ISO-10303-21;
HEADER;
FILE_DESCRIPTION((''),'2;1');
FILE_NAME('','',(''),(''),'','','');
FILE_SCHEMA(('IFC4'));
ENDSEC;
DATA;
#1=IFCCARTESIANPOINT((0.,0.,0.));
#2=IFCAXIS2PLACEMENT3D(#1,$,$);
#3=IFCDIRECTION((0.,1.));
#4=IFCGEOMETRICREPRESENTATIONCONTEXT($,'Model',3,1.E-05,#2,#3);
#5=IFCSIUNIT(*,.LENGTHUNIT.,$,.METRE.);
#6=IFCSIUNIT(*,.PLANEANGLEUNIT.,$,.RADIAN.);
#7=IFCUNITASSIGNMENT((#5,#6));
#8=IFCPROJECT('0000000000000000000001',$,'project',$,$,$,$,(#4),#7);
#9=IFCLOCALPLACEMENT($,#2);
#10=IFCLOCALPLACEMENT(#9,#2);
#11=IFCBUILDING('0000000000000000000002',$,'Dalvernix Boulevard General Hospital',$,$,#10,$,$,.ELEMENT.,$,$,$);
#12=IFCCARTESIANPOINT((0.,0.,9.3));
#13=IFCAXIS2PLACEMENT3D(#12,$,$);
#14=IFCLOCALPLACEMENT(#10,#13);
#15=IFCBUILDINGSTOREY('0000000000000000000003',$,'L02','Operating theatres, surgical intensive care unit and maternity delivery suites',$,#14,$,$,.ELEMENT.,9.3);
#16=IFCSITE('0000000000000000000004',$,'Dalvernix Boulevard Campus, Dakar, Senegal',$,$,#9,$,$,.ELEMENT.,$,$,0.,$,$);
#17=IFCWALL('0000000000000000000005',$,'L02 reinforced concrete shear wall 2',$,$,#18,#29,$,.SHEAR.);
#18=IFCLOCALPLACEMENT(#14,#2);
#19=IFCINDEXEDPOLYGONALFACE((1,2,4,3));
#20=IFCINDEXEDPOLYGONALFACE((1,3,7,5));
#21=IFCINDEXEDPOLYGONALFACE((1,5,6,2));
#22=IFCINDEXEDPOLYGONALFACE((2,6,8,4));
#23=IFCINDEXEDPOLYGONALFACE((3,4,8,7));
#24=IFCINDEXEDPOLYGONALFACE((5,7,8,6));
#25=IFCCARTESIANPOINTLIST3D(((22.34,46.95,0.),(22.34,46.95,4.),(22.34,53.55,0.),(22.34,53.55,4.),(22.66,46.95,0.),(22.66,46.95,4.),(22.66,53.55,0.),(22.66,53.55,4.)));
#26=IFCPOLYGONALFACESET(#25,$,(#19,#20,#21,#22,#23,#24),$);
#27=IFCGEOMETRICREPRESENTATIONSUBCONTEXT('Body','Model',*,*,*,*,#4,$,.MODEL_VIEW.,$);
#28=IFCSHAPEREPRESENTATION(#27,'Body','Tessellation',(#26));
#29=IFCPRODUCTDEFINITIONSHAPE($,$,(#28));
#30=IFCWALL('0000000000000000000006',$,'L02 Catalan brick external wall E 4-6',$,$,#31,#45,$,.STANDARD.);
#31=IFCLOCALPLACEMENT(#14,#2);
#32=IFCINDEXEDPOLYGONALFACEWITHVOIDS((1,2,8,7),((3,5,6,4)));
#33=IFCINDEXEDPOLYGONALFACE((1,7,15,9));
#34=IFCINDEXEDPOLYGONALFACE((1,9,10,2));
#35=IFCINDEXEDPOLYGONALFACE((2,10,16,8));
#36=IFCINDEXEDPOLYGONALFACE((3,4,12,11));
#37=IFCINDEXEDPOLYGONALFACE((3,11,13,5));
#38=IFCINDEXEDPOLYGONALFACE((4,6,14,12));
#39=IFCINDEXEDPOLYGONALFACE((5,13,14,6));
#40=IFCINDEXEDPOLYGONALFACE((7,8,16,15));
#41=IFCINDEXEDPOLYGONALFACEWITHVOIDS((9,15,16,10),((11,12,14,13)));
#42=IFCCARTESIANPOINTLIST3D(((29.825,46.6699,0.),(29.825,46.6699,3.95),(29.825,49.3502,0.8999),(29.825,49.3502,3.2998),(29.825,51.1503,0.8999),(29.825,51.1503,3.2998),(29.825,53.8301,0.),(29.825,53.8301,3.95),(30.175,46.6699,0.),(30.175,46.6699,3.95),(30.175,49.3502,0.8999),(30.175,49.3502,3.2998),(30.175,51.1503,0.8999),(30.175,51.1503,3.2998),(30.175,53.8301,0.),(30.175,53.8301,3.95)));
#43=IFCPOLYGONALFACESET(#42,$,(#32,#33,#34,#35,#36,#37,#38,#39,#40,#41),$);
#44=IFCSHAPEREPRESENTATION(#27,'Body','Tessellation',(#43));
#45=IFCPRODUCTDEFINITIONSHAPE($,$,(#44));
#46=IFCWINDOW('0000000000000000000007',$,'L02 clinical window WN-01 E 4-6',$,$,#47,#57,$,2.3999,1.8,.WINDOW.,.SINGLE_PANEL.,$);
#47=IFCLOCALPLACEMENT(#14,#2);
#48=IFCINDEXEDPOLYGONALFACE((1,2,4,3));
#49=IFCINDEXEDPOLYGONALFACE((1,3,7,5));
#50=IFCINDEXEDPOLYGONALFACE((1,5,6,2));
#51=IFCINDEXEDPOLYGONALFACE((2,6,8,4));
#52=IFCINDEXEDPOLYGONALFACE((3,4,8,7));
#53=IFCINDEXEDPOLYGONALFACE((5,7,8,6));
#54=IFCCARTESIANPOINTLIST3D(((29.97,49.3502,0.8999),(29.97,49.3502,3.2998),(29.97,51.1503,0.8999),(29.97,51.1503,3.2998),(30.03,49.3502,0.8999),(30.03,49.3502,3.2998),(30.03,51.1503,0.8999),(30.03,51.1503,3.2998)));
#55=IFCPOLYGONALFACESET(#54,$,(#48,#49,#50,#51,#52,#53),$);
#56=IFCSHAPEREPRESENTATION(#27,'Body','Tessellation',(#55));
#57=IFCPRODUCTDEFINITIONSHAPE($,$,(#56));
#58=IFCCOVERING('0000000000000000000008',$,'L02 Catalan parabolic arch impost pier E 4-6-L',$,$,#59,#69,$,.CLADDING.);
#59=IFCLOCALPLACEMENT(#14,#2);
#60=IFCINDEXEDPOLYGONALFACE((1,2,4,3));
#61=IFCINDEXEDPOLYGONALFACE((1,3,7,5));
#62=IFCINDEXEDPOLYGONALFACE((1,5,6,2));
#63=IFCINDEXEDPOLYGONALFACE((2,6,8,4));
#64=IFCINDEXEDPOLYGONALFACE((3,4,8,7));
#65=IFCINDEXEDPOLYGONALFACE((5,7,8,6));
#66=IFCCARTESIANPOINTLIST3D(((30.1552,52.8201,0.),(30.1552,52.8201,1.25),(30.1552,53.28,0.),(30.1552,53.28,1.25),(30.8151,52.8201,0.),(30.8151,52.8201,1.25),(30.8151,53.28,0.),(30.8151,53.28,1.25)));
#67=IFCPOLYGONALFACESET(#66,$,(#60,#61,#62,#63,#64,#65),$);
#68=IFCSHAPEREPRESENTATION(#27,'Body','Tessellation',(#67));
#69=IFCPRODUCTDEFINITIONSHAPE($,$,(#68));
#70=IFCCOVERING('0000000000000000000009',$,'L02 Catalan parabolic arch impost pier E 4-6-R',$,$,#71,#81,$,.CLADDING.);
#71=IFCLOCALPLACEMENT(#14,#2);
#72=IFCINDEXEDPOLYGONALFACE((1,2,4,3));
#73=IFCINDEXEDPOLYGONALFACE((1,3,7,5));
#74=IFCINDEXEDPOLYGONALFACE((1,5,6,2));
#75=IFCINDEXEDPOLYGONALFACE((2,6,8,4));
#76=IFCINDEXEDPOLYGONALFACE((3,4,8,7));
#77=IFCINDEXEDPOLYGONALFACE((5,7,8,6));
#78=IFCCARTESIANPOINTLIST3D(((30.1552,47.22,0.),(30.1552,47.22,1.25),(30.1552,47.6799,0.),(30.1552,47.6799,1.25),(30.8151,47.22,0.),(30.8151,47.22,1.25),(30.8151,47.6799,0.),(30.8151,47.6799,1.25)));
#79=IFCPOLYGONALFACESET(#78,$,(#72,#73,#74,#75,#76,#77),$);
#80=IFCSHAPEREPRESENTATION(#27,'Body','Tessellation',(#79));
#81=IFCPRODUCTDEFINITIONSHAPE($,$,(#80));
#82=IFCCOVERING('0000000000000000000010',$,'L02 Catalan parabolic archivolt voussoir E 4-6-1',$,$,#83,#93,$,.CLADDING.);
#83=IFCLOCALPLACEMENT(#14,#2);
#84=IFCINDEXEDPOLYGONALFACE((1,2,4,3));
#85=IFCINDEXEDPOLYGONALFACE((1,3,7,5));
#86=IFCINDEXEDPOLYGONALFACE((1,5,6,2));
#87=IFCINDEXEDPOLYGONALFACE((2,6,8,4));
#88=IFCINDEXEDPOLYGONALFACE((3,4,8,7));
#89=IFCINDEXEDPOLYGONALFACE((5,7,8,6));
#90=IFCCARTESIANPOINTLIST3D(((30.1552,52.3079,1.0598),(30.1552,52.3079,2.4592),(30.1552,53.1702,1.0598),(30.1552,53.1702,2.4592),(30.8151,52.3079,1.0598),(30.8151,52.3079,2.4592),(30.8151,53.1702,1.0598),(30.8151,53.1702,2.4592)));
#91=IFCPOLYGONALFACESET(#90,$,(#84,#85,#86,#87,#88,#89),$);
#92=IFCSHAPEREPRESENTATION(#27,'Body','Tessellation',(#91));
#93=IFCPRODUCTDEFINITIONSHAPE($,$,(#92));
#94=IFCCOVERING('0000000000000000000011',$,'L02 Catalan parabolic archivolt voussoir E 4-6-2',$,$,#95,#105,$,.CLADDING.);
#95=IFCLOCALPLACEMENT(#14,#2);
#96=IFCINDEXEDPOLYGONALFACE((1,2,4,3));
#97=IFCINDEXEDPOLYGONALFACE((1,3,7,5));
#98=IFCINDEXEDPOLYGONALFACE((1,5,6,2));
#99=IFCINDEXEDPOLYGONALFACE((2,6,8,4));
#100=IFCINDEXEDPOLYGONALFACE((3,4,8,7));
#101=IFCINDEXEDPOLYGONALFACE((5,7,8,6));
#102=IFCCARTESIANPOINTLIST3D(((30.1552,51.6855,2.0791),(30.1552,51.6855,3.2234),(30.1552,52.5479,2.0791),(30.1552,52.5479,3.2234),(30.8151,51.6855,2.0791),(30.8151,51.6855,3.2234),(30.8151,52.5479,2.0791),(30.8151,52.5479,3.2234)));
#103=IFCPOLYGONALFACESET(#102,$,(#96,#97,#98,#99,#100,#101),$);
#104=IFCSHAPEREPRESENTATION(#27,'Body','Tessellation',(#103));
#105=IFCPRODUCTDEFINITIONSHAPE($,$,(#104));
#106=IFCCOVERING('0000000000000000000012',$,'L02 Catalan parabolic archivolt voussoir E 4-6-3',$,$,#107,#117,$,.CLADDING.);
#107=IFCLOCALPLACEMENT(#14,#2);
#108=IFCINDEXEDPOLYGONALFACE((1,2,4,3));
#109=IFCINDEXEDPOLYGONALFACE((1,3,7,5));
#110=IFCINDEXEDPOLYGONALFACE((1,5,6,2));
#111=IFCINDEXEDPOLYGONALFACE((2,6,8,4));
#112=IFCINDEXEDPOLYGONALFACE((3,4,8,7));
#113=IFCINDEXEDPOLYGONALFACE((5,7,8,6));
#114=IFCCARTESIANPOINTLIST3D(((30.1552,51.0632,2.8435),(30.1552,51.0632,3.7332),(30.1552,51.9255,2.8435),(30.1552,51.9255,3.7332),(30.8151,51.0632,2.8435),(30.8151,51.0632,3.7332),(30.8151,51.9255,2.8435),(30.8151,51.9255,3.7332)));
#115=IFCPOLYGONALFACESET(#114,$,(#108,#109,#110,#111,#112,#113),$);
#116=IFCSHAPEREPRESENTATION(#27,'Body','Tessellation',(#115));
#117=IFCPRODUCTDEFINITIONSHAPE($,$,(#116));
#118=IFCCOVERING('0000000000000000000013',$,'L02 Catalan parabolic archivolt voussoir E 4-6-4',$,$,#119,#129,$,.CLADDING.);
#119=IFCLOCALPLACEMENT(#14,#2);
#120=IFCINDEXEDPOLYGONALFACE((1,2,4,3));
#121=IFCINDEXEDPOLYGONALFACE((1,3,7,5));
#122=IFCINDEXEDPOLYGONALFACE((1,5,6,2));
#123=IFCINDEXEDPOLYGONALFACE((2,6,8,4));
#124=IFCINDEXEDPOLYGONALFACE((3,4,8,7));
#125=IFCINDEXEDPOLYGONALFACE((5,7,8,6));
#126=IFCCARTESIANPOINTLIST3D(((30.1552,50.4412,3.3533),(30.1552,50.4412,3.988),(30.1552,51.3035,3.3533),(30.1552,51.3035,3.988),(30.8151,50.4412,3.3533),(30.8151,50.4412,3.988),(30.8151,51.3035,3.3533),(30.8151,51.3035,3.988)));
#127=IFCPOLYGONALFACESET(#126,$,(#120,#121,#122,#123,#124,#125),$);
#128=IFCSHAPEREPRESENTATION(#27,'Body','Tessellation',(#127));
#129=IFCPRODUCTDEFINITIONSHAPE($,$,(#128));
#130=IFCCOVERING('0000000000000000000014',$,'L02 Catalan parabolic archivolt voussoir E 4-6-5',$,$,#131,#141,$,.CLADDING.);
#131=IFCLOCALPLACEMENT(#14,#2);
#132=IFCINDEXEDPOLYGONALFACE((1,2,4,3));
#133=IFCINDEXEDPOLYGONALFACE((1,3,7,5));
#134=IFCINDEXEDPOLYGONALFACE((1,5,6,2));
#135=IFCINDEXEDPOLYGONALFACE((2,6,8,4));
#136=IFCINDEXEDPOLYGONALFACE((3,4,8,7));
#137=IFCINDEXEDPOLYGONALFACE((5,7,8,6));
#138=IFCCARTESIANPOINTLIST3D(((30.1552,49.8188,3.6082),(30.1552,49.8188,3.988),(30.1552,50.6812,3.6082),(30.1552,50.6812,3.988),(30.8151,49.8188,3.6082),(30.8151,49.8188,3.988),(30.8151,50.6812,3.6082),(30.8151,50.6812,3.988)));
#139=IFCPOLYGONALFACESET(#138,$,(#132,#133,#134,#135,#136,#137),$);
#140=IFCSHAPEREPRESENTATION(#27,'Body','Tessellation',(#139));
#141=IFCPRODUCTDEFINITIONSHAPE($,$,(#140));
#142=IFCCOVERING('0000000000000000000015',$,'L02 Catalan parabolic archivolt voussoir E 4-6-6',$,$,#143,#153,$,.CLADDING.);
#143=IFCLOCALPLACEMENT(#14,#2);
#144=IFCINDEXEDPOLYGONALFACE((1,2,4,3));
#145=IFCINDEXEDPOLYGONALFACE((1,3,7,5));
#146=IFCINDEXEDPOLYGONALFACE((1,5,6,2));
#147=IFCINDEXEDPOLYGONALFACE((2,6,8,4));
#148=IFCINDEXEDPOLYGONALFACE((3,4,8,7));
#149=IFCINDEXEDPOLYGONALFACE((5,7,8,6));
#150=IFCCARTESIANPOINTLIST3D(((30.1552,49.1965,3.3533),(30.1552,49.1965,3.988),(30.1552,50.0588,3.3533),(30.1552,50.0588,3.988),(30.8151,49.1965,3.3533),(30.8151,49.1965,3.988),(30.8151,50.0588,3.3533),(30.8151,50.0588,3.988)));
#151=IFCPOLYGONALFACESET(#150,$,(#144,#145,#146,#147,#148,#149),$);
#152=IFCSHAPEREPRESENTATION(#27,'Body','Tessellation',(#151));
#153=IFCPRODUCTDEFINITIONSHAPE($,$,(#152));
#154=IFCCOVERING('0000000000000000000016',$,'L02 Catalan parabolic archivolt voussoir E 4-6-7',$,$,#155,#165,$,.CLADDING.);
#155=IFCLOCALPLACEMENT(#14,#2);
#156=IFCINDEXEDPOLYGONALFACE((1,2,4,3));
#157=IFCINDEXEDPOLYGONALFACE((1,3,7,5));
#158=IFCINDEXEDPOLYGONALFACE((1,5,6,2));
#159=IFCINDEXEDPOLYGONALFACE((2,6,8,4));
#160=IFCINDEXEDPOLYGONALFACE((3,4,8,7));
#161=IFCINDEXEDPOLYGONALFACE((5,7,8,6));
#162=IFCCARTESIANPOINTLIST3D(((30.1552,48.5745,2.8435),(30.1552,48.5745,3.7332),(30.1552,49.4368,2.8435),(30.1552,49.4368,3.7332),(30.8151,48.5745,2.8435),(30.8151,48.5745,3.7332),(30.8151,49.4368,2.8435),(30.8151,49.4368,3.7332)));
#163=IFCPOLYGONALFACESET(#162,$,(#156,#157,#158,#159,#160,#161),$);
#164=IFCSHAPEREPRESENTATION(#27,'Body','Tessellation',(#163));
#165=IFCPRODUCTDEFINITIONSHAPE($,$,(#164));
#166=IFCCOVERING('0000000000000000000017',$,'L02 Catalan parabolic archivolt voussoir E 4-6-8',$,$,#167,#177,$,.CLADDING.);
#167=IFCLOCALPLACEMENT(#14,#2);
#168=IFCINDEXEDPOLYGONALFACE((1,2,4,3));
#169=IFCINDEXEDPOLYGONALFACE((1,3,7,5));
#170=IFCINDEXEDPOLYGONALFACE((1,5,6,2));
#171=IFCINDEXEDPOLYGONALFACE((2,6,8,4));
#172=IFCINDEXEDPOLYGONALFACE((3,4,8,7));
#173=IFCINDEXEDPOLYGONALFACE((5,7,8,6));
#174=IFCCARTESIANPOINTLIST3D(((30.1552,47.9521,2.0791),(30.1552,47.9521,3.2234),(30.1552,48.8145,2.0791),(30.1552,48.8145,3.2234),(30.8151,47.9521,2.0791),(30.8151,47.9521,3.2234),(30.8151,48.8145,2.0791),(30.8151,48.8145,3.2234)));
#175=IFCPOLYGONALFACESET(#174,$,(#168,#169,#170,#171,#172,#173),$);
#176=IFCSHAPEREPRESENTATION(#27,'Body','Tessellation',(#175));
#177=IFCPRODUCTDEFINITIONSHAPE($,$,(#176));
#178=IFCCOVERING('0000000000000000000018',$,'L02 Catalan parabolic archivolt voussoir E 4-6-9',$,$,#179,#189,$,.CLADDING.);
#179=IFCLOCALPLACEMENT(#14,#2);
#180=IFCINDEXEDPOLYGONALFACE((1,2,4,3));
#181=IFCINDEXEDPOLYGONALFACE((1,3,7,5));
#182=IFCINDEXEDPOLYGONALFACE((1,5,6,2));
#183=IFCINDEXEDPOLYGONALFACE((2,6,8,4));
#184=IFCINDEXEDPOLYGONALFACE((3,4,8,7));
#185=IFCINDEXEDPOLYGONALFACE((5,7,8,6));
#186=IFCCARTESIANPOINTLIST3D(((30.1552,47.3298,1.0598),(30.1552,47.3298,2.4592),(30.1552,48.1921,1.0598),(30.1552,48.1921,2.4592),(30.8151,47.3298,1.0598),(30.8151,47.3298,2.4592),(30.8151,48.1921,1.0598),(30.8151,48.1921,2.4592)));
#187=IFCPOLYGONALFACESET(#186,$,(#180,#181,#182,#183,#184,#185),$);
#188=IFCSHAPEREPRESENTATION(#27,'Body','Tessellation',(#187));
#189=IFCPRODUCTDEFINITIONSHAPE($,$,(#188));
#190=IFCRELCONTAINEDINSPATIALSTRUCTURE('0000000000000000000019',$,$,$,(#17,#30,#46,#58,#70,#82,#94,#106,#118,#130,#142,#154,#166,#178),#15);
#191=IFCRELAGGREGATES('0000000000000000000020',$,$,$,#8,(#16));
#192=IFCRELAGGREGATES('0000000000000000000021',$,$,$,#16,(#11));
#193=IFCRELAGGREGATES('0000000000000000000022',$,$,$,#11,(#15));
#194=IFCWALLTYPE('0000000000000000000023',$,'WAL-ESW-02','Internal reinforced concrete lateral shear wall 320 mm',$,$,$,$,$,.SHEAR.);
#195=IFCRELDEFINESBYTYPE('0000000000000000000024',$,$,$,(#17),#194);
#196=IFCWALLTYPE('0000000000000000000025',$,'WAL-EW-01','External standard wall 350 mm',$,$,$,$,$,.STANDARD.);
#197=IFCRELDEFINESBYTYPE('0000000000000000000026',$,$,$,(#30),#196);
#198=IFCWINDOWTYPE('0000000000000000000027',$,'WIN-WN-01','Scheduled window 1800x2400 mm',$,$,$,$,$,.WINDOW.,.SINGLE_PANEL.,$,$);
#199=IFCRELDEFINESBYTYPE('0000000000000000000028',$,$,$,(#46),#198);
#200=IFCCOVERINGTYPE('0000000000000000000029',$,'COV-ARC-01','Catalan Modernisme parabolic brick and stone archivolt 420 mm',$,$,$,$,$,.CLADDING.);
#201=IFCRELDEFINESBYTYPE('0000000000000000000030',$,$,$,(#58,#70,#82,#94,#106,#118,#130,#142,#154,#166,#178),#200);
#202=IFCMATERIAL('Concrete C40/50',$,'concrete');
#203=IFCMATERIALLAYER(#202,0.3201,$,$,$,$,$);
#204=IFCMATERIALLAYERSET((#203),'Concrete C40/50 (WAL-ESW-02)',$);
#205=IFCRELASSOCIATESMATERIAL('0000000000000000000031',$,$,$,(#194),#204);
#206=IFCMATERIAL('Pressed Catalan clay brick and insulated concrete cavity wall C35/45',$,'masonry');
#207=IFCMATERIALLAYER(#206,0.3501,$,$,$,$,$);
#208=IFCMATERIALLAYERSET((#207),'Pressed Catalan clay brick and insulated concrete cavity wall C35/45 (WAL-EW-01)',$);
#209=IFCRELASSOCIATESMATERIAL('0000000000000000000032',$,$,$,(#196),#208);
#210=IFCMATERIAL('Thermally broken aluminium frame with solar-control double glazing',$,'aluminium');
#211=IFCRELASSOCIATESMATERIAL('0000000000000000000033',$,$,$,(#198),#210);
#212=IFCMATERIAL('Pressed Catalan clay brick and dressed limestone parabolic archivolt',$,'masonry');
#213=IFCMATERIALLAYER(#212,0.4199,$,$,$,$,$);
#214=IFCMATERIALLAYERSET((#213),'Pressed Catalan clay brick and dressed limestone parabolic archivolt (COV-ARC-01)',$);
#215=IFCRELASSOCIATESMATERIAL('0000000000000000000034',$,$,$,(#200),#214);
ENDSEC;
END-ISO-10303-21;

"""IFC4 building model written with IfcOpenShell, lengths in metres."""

from ifc_helpers import new_model, si_unit, direction, frame, frame_2d, origin, origin_2d, place, context, subcontext, project, spatial, rectangle, extrude, material, layer, layer_set, type_object, element, fill, save


model = new_model("IFC4")

# Units and contexts
model_context = context("Model", 3, precision=1e-05, world=origin(), true_north=direction((0.0, 1.0)))
body_context = subcontext(model_context, "Body", "Model", "MODEL_VIEW")
ifc_project = project(units=[si_unit("LENGTHUNIT", "METRE"), si_unit("PLANEANGLEUNIT", "RADIAN")], contexts=[model_context])

# Site, building, storey
site_placement = place(None, origin())
site = spatial("IfcSite", under=ifc_project, at=site_placement, Name="Dalvernix Boulevard Campus, Dakar, Senegal", CompositionType="ELEMENT", RefElevation=0.0)
building_placement = place(site_placement, origin())
building = spatial("IfcBuilding", under=site, at=building_placement, Name="Dalvernix Boulevard General Hospital", CompositionType="ELEMENT")
storey_placement = place(building_placement, frame((0.0, 0.0, 9.3)))
storey = spatial("IfcBuildingStorey", under=building, at=storey_placement, Name="L02", Description="Operating theatres, surgical intensive care unit and maternity delivery suites", CompositionType="ELEMENT", Elevation=9.3)

# Wall
ifc_material_1 = material(Name="Concrete C40/50", Category="concrete")
ifc_layer_1 = layer(ifc_material_1, 0.3201)
ifc_layer_set_1 = layer_set([ifc_layer_1], Name="Concrete C40/50 (WAL-ESW-02)")
wall_type_1 = type_object("IfcWallType", Name="WAL-ESW-02", Description="Internal reinforced concrete lateral shear wall 320 mm", PredefinedType="SHEAR", material=ifc_layer_set_1)
wall_1_placement = place(storey_placement, frame((22.5, 46.95, 0.0), z_axis=(0.0, 0.0, 1.0), x_axis=(0.0, 1.0, 0.0)))
element("IfcWall", 1, at=wall_1_placement, inside=storey, type_object=wall_type_1, Name="L02 reinforced concrete shear wall 2", PredefinedType="SHEAR", context=body_context, shape_type="SweptSolid", body=[
    extrude(rectangle(XDim=6.6001, YDim=0.3201, at=frame_2d((3.3, 0.0))), origin(), (0.0, 0.0, 1.0), 4.0),
])

# Wall, opening, window
ifc_material_2 = material(Name="Pressed Catalan clay brick and insulated concrete cavity wall C35/45", Category="masonry")
ifc_layer_2 = layer(ifc_material_2, 0.3501)
ifc_layer_set_2 = layer_set([ifc_layer_2], Name="Pressed Catalan clay brick and insulated concrete cavity wall C35/45 (WAL-EW-01)")
wall_type_2 = type_object("IfcWallType", Name="WAL-EW-01", Description="External standard wall 350 mm", PredefinedType="STANDARD", material=ifc_layer_set_2)
wall_2_placement = place(storey_placement, frame((30.0, 53.8301, 0.0), z_axis=(0.0, 0.0, 1.0), x_axis=(0.0, -1.0, 0.0)))
wall_2 = element("IfcWall", 2, at=wall_2_placement, inside=storey, type_object=wall_type_2, Name="L02 Catalan brick external wall E 4-6", PredefinedType="STANDARD", context=body_context, shape_type="SweptSolid", body=[
    extrude(rectangle(XDim=7.1602, YDim=0.3501, at=frame_2d((3.5801, 0.0))), origin(), (0.0, 0.0, 1.0), 3.95),
])
opening_placement = place(wall_2_placement, frame((2.6799, 0.0, 0.8999)))
opening = element("IfcOpeningElement", 3, at=opening_placement, cuts=wall_2, PredefinedType="OPENING", context=body_context, shape_type="SweptSolid", body=[
    extrude(rectangle(XDim=1.8, YDim=2.3999, at=frame_2d((0.8999, 1.2))), frame((0.0, 0.1851, 0.0), z_axis=(0.0, -1.0, 0.0), x_axis=(1.0, 0.0, 0.0)), (0.0, 0.0, 1.0), 0.3701),
])
ifc_material_3 = material(Name="Thermally broken aluminium frame with solar-control double glazing", Category="aluminium")
window_type = type_object("IfcWindowType", Name="WIN-WN-01", Description="Scheduled window 1800x2400 mm", PartitioningType="SINGLE_PANEL", PredefinedType="WINDOW", material=ifc_material_3)
window_placement = place(opening_placement, origin())
window = element("IfcWindow", 4, at=window_placement, inside=storey, type_object=window_type, Name="L02 clinical window WN-01 E 4-6", OverallHeight=2.3999, OverallWidth=1.8, PartitioningType="SINGLE_PANEL", PredefinedType="WINDOW", context=body_context, shape_type="SweptSolid", body=[
    extrude(rectangle(XDim=1.8, YDim=2.3999, at=frame_2d((0.8999, 1.2))), frame((0.0, 0.03, 0.0), z_axis=(0.0, -1.0, 0.0), x_axis=(1.0, 0.0, 0.0)), (0.0, 0.0, 1.0), 0.0601),
])
fill(opening, window)

# Coverings
ifc_material_4 = material(Name="Pressed Catalan clay brick and dressed limestone parabolic archivolt", Category="masonry")
ifc_layer_3 = layer(ifc_material_4, 0.4199)
ifc_layer_set_3 = layer_set([ifc_layer_3], Name="Pressed Catalan clay brick and dressed limestone parabolic archivolt (COV-ARC-01)")
covering_type_1 = type_object("IfcCoveringType", Name="COV-ARC-01", Description="Catalan Modernisme parabolic brick and stone archivolt 420 mm", PredefinedType="CLADDING", material=ifc_layer_set_3)
for number, where, z_axis, x_axis, name in (
    (5, (30.4851, 53.05, 0.0), (0.0, 0.0, 1.0), (0.0, -1.0, 0.0), "L02 Catalan parabolic arch impost pier E 4-6-L"),
    (6, (30.4851, 47.45, 0.0), (0.0, 0.0, 1.0), (0.0, -1.0, 0.0), "L02 Catalan parabolic arch impost pier E 4-6-R"),
):
    element("IfcCovering", number, at=place(storey_placement, frame(where, z_axis=z_axis, x_axis=x_axis)), inside=storey, type_object=covering_type_1, Name=name, PredefinedType="CLADDING", context=body_context, shape_type="SweptSolid", body=[
        extrude(rectangle(XDim=0.46, YDim=0.6599, at=origin_2d()), origin(), (0.0, 0.0, 1.0), 1.25),
    ])
covering_1_placement = place(storey_placement, frame((30.4851, 52.739, 1.0598), z_axis=(0.0, 0.0, 1.0), x_axis=(0.0, -1.0, 0.0)))
element("IfcCovering", 7, at=covering_1_placement, inside=storey, type_object=covering_type_1, Name="L02 Catalan parabolic archivolt voussoir E 4-6-1", PredefinedType="CLADDING", context=body_context, shape_type="SweptSolid", body=[
    extrude(rectangle(XDim=0.8623, YDim=0.6599, at=origin_2d()), origin(), (0.0, 0.0, 1.0), 1.3994),
])
covering_2_placement = place(storey_placement, frame((30.4851, 52.1167, 2.0791), z_axis=(0.0, 0.0, 1.0), x_axis=(0.0, -1.0, 0.0)))
element("IfcCovering", 8, at=covering_2_placement, inside=storey, type_object=covering_type_1, Name="L02 Catalan parabolic archivolt voussoir E 4-6-2", PredefinedType="CLADDING", context=body_context, shape_type="SweptSolid", body=[
    extrude(rectangle(XDim=0.8623, YDim=0.6599, at=origin_2d()), origin(), (0.0, 0.0, 1.0), 1.1443),
])
covering_3_placement = place(storey_placement, frame((30.4851, 51.4944, 2.8435), z_axis=(0.0, 0.0, 1.0), x_axis=(0.0, -1.0, 0.0)))
element("IfcCovering", 9, at=covering_3_placement, inside=storey, type_object=covering_type_1, Name="L02 Catalan parabolic archivolt voussoir E 4-6-3", PredefinedType="CLADDING", context=body_context, shape_type="SweptSolid", body=[
    extrude(rectangle(XDim=0.8623, YDim=0.6599, at=origin_2d()), origin(), (0.0, 0.0, 1.0), 0.8896),
])
covering_4_placement = place(storey_placement, frame((30.4851, 50.8723, 3.3533), z_axis=(0.0, 0.0, 1.0), x_axis=(0.0, -1.0, 0.0)))
element("IfcCovering", 10, at=covering_4_placement, inside=storey, type_object=covering_type_1, Name="L02 Catalan parabolic archivolt voussoir E 4-6-4", PredefinedType="CLADDING", context=body_context, shape_type="SweptSolid", body=[
    extrude(rectangle(XDim=0.8623, YDim=0.6599, at=origin_2d()), origin(), (0.0, 0.0, 1.0), 0.6348),
])
covering_5_placement = place(storey_placement, frame((30.4851, 50.25, 3.6082), z_axis=(0.0, 0.0, 1.0), x_axis=(0.0, -1.0, 0.0)))
element("IfcCovering", 11, at=covering_5_placement, inside=storey, type_object=covering_type_1, Name="L02 Catalan parabolic archivolt voussoir E 4-6-5", PredefinedType="CLADDING", context=body_context, shape_type="SweptSolid", body=[
    extrude(rectangle(XDim=0.8623, YDim=0.6599, at=origin_2d()), origin(), (0.0, 0.0, 1.0), 0.3799),
])
covering_6_placement = place(storey_placement, frame((30.4851, 49.6277, 3.3533), z_axis=(0.0, 0.0, 1.0), x_axis=(0.0, -1.0, 0.0)))
element("IfcCovering", 12, at=covering_6_placement, inside=storey, type_object=covering_type_1, Name="L02 Catalan parabolic archivolt voussoir E 4-6-6", PredefinedType="CLADDING", context=body_context, shape_type="SweptSolid", body=[
    extrude(rectangle(XDim=0.8623, YDim=0.6599, at=origin_2d()), origin(), (0.0, 0.0, 1.0), 0.6348),
])
covering_7_placement = place(storey_placement, frame((30.4851, 49.0056, 2.8435), z_axis=(0.0, 0.0, 1.0), x_axis=(0.0, -1.0, 0.0)))
element("IfcCovering", 13, at=covering_7_placement, inside=storey, type_object=covering_type_1, Name="L02 Catalan parabolic archivolt voussoir E 4-6-7", PredefinedType="CLADDING", context=body_context, shape_type="SweptSolid", body=[
    extrude(rectangle(XDim=0.8623, YDim=0.6599, at=origin_2d()), origin(), (0.0, 0.0, 1.0), 0.8896),
])
covering_8_placement = place(storey_placement, frame((30.4851, 48.3833, 2.0791), z_axis=(0.0, 0.0, 1.0), x_axis=(0.0, -1.0, 0.0)))
element("IfcCovering", 14, at=covering_8_placement, inside=storey, type_object=covering_type_1, Name="L02 Catalan parabolic archivolt voussoir E 4-6-8", PredefinedType="CLADDING", context=body_context, shape_type="SweptSolid", body=[
    extrude(rectangle(XDim=0.8623, YDim=0.6599, at=origin_2d()), origin(), (0.0, 0.0, 1.0), 1.1443),
])
covering_9_placement = place(storey_placement, frame((30.4851, 47.761, 1.0598), z_axis=(0.0, 0.0, 1.0), x_axis=(0.0, -1.0, 0.0)))
element("IfcCovering", 15, at=covering_9_placement, inside=storey, type_object=covering_type_1, Name="L02 Catalan parabolic archivolt voussoir E 4-6-9", PredefinedType="CLADDING", context=body_context, shape_type="SweptSolid", body=[
    extrude(rectangle(XDim=0.8623, YDim=0.6599, at=origin_2d()), origin(), (0.0, 0.0, 1.0), 1.3994),
])

save(model, "model.ifc")
